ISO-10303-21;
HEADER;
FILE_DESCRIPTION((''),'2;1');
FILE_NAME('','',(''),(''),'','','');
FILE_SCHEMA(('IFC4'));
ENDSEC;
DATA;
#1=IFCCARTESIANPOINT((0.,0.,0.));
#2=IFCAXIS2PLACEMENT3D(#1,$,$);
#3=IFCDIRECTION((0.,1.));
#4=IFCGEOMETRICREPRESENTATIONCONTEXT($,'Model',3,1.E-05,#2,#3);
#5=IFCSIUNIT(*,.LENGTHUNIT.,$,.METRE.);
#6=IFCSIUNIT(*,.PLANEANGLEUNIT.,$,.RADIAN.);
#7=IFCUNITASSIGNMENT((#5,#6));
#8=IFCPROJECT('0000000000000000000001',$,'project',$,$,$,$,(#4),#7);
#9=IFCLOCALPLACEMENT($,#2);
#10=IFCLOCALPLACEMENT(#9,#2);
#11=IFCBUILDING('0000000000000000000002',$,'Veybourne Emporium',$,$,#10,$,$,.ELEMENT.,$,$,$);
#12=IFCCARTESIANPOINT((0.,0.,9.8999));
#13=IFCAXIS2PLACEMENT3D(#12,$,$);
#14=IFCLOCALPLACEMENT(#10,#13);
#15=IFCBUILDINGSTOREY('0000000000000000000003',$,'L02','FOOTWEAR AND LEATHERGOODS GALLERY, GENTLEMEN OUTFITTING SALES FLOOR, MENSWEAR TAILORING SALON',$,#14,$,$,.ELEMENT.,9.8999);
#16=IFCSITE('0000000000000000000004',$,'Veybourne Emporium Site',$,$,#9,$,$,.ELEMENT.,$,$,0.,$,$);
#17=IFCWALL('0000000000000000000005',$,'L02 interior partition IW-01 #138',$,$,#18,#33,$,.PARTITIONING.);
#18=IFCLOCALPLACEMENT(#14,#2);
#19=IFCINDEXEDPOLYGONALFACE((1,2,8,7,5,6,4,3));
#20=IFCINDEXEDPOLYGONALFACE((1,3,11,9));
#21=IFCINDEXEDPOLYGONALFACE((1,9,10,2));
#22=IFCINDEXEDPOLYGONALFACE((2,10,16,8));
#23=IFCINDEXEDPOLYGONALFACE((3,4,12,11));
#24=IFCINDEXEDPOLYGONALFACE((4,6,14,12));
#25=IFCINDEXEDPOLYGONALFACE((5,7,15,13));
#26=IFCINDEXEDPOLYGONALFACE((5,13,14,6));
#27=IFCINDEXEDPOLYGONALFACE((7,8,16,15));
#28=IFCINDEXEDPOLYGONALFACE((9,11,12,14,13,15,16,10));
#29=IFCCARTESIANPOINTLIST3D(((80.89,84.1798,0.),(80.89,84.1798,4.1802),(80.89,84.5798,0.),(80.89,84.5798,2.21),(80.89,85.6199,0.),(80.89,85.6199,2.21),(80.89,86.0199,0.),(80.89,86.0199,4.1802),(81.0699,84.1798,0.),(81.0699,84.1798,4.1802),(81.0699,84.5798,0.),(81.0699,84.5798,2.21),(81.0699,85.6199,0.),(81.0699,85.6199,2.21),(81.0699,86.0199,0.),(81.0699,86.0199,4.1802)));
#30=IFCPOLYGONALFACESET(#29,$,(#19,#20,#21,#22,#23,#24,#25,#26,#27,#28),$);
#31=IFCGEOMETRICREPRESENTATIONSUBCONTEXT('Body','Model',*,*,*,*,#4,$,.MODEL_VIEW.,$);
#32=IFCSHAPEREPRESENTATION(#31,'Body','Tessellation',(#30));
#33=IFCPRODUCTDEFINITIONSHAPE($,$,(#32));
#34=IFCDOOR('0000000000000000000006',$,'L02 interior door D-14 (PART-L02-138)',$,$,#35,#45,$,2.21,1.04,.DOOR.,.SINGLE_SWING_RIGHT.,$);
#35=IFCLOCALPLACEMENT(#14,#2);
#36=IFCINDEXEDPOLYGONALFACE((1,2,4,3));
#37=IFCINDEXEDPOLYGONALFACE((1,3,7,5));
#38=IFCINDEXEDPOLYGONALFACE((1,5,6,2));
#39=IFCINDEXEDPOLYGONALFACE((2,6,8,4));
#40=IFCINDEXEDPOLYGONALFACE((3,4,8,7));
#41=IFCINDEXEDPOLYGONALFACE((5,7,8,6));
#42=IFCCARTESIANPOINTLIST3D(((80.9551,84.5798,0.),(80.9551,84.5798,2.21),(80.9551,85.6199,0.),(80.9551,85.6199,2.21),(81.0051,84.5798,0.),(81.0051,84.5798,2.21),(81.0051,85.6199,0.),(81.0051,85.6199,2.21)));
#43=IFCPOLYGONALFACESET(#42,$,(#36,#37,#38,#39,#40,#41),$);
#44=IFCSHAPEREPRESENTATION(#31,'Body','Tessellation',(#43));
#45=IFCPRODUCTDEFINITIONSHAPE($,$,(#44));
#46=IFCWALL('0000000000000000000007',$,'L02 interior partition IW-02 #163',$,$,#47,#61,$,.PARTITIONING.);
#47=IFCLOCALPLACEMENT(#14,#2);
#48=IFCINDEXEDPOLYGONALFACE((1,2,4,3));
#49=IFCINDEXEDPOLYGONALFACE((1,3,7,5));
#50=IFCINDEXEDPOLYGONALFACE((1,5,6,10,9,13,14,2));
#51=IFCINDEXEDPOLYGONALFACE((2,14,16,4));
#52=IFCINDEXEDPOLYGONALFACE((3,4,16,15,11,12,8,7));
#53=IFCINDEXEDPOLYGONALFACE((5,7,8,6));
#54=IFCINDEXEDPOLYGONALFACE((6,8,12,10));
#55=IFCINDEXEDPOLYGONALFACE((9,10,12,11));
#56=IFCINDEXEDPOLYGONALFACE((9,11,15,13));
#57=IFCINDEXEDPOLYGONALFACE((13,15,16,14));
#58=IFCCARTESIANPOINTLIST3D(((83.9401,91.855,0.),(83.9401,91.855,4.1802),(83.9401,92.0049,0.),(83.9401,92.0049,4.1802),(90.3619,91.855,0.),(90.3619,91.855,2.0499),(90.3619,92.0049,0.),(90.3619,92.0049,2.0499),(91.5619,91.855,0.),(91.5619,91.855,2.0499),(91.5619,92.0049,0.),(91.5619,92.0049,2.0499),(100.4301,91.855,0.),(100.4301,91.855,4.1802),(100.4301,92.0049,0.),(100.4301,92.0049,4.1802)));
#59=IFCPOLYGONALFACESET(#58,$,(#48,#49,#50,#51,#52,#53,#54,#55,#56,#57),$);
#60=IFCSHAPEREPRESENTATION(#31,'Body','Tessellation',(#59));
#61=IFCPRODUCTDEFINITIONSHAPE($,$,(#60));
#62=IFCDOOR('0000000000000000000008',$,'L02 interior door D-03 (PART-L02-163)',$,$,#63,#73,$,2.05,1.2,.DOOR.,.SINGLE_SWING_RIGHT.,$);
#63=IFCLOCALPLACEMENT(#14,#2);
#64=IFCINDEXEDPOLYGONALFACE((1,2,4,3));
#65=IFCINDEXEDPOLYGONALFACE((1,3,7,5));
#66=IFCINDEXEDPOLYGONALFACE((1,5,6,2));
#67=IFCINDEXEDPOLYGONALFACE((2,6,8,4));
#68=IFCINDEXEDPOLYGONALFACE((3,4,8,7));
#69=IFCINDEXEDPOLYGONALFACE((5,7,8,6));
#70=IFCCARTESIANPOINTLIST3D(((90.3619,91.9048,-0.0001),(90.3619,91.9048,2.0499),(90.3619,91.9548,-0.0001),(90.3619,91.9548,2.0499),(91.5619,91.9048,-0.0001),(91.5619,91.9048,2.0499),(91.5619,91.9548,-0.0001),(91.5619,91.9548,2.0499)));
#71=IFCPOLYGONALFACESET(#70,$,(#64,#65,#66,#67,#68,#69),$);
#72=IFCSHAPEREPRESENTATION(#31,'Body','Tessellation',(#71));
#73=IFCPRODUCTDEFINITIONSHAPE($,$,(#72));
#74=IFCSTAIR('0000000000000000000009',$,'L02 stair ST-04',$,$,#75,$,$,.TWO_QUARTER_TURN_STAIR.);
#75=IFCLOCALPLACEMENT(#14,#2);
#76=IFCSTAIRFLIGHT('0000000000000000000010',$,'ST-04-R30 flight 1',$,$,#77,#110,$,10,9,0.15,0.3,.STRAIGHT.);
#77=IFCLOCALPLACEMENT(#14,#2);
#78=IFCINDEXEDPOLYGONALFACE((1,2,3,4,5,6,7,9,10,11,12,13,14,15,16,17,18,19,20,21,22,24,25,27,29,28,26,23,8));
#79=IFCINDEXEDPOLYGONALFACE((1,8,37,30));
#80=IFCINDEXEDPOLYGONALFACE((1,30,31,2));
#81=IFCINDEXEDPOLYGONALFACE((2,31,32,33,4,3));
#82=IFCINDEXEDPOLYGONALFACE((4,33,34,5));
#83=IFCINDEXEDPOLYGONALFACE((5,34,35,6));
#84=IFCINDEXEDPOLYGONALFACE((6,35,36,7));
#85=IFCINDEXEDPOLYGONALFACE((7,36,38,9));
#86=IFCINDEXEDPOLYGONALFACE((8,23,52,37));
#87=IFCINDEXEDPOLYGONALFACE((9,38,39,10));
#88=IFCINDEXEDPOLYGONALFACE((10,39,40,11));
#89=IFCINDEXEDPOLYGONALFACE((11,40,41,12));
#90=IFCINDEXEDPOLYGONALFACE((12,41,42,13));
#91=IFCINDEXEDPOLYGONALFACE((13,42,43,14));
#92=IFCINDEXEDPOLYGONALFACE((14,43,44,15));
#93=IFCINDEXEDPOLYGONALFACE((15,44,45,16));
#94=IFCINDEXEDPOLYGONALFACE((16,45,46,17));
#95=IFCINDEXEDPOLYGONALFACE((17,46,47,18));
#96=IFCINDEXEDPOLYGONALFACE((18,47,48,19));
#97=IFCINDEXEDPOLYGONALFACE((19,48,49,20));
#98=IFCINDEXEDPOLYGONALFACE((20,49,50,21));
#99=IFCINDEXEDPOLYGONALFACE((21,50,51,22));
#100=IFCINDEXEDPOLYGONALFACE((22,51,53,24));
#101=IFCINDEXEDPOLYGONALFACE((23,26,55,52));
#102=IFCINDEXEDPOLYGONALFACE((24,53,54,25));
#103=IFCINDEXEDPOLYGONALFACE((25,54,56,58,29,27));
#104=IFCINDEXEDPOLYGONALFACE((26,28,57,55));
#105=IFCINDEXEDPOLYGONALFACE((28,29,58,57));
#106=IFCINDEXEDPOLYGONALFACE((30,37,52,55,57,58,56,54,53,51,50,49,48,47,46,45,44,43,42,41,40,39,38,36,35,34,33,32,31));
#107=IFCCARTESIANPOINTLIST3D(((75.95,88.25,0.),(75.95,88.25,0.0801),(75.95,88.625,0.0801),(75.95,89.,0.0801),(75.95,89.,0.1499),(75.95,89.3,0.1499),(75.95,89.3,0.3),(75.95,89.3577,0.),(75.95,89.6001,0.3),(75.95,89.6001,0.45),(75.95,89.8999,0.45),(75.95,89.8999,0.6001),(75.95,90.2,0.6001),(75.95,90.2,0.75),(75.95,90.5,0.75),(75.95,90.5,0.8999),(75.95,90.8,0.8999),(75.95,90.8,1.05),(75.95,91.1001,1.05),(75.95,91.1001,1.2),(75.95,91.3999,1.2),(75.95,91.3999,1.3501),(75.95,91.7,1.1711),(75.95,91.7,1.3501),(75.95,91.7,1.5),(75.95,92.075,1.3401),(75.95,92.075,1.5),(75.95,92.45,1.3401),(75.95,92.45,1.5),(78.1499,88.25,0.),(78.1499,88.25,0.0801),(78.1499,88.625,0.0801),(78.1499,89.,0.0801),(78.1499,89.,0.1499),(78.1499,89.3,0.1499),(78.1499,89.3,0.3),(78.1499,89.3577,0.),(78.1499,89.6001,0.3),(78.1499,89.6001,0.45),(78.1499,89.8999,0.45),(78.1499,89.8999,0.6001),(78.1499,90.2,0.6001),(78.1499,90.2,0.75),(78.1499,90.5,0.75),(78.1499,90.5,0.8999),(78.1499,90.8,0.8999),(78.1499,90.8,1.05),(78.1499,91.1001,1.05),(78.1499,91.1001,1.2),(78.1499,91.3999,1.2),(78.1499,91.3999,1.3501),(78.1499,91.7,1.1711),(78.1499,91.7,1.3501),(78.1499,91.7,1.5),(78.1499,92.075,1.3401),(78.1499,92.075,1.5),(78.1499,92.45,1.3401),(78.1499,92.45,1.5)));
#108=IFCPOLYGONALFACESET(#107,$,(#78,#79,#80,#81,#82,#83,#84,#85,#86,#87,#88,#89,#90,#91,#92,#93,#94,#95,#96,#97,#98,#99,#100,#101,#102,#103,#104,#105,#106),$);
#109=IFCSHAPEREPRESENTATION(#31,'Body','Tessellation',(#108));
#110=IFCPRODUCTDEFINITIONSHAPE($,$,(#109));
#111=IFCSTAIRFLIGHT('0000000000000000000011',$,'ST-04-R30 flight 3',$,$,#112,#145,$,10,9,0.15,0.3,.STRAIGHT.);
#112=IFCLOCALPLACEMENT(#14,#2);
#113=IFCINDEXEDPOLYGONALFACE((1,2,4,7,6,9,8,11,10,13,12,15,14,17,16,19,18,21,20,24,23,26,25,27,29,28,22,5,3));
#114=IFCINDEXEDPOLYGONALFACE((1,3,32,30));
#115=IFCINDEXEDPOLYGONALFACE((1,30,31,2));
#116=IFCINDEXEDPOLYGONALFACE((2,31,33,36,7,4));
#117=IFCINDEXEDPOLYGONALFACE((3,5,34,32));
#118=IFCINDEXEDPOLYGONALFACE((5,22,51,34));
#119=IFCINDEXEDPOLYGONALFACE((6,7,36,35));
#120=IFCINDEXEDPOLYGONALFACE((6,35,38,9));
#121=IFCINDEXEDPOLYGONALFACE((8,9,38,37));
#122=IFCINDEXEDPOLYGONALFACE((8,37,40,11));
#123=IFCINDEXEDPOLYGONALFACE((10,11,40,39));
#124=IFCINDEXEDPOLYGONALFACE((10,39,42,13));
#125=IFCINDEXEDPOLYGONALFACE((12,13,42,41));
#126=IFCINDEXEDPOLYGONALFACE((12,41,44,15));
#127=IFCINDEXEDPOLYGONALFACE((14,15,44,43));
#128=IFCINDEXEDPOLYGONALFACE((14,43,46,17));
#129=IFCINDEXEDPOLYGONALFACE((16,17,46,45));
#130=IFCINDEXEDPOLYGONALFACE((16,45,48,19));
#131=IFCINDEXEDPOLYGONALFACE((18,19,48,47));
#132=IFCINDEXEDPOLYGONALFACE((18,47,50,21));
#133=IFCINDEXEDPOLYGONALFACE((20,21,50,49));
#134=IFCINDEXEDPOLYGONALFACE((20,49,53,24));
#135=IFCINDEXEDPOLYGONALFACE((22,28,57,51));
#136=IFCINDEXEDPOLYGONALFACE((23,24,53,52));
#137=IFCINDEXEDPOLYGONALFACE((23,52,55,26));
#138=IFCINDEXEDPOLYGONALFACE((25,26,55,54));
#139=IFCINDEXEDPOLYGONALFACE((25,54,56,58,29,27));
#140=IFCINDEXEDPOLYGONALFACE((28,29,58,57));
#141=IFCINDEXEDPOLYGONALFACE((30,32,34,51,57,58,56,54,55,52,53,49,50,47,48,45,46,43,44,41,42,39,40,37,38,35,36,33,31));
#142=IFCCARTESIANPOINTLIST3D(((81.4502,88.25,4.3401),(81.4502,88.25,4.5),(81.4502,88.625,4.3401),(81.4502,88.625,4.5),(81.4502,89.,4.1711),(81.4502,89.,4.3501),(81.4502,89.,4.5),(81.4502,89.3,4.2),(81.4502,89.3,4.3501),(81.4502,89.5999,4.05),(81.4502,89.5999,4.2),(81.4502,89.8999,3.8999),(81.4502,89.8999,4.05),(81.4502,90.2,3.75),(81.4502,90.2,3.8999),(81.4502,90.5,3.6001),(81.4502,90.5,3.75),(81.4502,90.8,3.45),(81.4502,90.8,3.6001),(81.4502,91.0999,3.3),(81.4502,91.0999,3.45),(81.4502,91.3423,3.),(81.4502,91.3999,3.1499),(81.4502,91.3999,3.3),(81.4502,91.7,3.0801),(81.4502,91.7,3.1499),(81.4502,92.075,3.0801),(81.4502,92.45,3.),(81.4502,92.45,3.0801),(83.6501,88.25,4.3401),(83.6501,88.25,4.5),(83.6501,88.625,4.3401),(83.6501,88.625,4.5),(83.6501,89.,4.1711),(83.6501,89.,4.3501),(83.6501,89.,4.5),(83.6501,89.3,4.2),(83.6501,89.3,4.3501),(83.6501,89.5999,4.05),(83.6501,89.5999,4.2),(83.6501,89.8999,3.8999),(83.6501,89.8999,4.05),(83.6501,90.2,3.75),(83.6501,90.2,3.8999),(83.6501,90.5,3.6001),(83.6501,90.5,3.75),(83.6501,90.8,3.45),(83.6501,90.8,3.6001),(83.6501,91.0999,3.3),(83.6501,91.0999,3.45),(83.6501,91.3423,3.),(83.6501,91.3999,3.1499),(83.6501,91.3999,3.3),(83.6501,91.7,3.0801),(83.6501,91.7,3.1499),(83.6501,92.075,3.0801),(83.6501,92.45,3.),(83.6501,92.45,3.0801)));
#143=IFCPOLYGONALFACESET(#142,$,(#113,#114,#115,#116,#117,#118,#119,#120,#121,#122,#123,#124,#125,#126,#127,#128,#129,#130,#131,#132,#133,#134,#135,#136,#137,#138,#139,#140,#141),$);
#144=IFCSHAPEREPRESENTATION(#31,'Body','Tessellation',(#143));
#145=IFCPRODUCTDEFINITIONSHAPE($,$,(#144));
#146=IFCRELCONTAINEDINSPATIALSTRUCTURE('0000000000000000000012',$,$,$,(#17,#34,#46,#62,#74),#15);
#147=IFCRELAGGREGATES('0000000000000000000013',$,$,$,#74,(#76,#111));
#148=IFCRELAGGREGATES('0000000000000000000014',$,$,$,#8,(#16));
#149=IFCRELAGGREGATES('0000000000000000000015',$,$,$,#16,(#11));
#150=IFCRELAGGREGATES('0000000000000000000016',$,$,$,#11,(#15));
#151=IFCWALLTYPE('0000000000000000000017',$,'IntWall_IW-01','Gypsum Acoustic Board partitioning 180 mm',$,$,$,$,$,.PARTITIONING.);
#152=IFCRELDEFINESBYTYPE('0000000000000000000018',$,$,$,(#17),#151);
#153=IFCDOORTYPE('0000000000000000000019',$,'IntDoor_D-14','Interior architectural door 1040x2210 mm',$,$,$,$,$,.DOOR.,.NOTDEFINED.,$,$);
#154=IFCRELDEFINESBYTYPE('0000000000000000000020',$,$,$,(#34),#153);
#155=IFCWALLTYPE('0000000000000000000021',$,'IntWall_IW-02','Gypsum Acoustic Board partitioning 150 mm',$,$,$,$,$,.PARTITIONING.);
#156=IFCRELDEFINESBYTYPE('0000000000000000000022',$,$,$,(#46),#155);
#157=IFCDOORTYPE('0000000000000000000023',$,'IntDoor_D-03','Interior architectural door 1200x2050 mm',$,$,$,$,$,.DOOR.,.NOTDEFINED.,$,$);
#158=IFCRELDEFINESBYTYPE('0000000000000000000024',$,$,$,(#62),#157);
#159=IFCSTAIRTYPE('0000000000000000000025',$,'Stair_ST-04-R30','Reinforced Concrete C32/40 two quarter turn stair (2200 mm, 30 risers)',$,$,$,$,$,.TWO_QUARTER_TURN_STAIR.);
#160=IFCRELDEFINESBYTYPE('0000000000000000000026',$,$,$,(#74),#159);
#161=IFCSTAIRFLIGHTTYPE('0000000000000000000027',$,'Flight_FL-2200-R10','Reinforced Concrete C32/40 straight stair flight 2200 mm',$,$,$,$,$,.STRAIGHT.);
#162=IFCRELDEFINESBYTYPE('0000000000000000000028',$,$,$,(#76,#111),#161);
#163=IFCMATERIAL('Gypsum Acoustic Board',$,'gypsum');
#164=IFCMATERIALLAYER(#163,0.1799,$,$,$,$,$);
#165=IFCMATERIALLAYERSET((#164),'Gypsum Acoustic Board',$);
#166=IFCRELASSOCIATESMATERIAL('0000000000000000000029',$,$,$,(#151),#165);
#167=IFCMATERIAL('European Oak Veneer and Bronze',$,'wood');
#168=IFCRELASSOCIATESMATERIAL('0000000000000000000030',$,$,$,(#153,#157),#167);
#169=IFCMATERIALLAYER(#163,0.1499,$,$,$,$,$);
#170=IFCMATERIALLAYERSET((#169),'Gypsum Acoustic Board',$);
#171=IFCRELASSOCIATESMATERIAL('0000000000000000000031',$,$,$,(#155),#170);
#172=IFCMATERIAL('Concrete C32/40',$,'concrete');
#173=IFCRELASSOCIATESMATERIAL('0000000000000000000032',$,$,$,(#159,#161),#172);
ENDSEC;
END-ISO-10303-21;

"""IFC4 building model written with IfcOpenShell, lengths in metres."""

from ifc_helpers import new_model, si_unit, direction, frame, frame_2d, origin, place, context, subcontext, project, spatial, polyline, rectangle, outline, extrude, material, layer, layer_set, type_object, element, fill, aggregate, save


model = new_model("IFC4")

# Units and contexts
model_context = context("Model", 3, precision=1e-05, world=origin(), true_north=direction((0.0, 1.0)))
body_context = subcontext(model_context, "Body", "Model", "MODEL_VIEW")
ifc_project = project(units=[si_unit("LENGTHUNIT", "METRE"), si_unit("PLANEANGLEUNIT", "RADIAN")], contexts=[model_context])

# Site, building, storey
site_placement = place(None, origin())
site = spatial("IfcSite", under=ifc_project, at=site_placement, Name="Veybourne Emporium Site", CompositionType="ELEMENT", RefElevation=0.0)
building_placement = place(site_placement, origin())
building = spatial("IfcBuilding", under=site, at=building_placement, Name="Veybourne Emporium", CompositionType="ELEMENT")
storey_placement = place(building_placement, frame((0.0, 0.0, 9.8999)))
storey = spatial("IfcBuildingStorey", under=building, at=storey_placement, Name="L02", Description="FOOTWEAR AND LEATHERGOODS GALLERY, GENTLEMEN OUTFITTING SALES FLOOR, MENSWEAR TAILORING SALON", CompositionType="ELEMENT", Elevation=9.8999)

# Shared definitions
ifc_material_1 = material(Name="Concrete C32/40", Category="concrete")

# Walls, openings, doors
ifc_material_2 = material(Name="Gypsum Acoustic Board", Category="gypsum")
ifc_layer_1 = layer(ifc_material_2, 0.1799)
ifc_layer_set_1 = layer_set([ifc_layer_1], Name="Gypsum Acoustic Board")
wall_type_1 = type_object("IfcWallType", Name="IntWall_IW-01", Description="Gypsum Acoustic Board partitioning 180 mm", PredefinedType="PARTITIONING", material=ifc_layer_set_1)
ifc_material_3 = material(Name="European Oak Veneer and Bronze", Category="wood")
wall_1_placement = place(storey_placement, frame((80.98, 84.1799, 0.0), z_axis=(0.0, 0.0, 1.0), x_axis=(0.0, 1.0, 0.0)))
wall_1 = element("IfcWall", 1, at=wall_1_placement, inside=storey, type_object=wall_type_1, Name="L02 interior partition IW-01 #138", PredefinedType="PARTITIONING", context=body_context, shape_type="SweptSolid", body=[
    extrude(rectangle(XDim=1.8401, YDim=0.1799, at=frame_2d((0.9199, 0.0))), origin(), (0.0, 0.0, 1.0), 4.1802),
])
opening_1_placement = place(wall_1_placement, frame((0.3999, 0.0, 0.0)))
opening_1 = element("IfcOpeningElement", 2, at=opening_1_placement, cuts=wall_1, PredefinedType="OPENING", context=body_context, shape_type="SweptSolid", body=[
    extrude(rectangle(XDim=1.04, YDim=2.21, at=frame_2d((0.52, 1.105))), frame((0.0, 0.1099, 0.0), z_axis=(0.0, -1.0, 0.0), x_axis=(1.0, 0.0, 0.0)), (0.0, 0.0, 1.0), 0.22),
])
door_type_1 = type_object("IfcDoorType", Name="IntDoor_D-14", Description="Interior architectural door 1040x2210 mm", OperationType="NOTDEFINED", PredefinedType="DOOR", material=ifc_material_3)
door_1_placement = place(opening_1_placement, origin())
door_1 = element("IfcDoor", 3, at=door_1_placement, inside=storey, type_object=door_type_1, Name="L02 interior door D-14 (PART-L02-138)", OperationType="SINGLE_SWING_RIGHT", OverallHeight=2.21, OverallWidth=1.04, PredefinedType="DOOR", context=body_context, shape_type="SweptSolid", body=[
    extrude(rectangle(XDim=1.04, YDim=2.21, at=frame_2d((0.52, 1.105))), frame((0.0, 0.0249, 0.0), z_axis=(0.0, -1.0, 0.0), x_axis=(1.0, 0.0, 0.0)), (0.0, 0.0, 1.0), 0.05),
])
fill(opening_1, door_1)
ifc_layer_2 = layer(ifc_material_2, 0.1499)
ifc_layer_set_2 = layer_set([ifc_layer_2], Name="Gypsum Acoustic Board")
wall_type_2 = type_object("IfcWallType", Name="IntWall_IW-02", Description="Gypsum Acoustic Board partitioning 150 mm", PredefinedType="PARTITIONING", material=ifc_layer_set_2)
wall_2_placement = place(storey_placement, frame((83.9399, 91.9299, 0.0), z_axis=(0.0, 0.0, 1.0), x_axis=(1.0, 0.0, 0.0)))
wall_2 = element("IfcWall", 4, at=wall_2_placement, inside=storey, type_object=wall_type_2, Name="L02 interior partition IW-02 #163", PredefinedType="PARTITIONING", context=body_context, shape_type="SweptSolid", body=[
    extrude(rectangle(XDim=16.49, YDim=0.1499, at=frame_2d((8.2451, 0.0))), origin(), (0.0, 0.0, 1.0), 4.1802),
])
opening_2_placement = place(wall_2_placement, frame((6.4219, 0.0, 0.0)))
opening_2 = element("IfcOpeningElement", 5, at=opening_2_placement, cuts=wall_2, PredefinedType="OPENING", context=body_context, shape_type="SweptSolid", body=[
    extrude(rectangle(XDim=1.2, YDim=2.05, at=frame_2d((0.6001, 1.0249))), frame((0.0, 0.095, 0.0), z_axis=(0.0, -1.0, 0.0), x_axis=(1.0, 0.0, 0.0)), (0.0, 0.0, 1.0), 0.1899),
])
door_type_2 = type_object("IfcDoorType", Name="IntDoor_D-03", Description="Interior architectural door 1200x2050 mm", OperationType="NOTDEFINED", PredefinedType="DOOR", material=ifc_material_3)
door_2_placement = place(opening_2_placement, origin())
door_2 = element("IfcDoor", 6, at=door_2_placement, inside=storey, type_object=door_type_2, Name="L02 interior door D-03 (PART-L02-163)", OperationType="SINGLE_SWING_RIGHT", OverallHeight=2.05, OverallWidth=1.2, PredefinedType="DOOR", context=body_context, shape_type="SweptSolid", body=[
    extrude(rectangle(XDim=1.2, YDim=2.05, at=frame_2d((0.6001, 1.0249))), frame((0.0, 0.0249, 0.0), z_axis=(0.0, -1.0, 0.0), x_axis=(1.0, 0.0, 0.0)), (0.0, 0.0, 1.0), 0.05),
])
fill(opening_2, door_2)

# Stair, stair flights
stair_type = type_object("IfcStairType", Name="Stair_ST-04-R30", Description="Reinforced Concrete C32/40 two quarter turn stair (2200 mm, 30 risers)", PredefinedType="TWO_QUARTER_TURN_STAIR", material=ifc_material_1)
stair_placement = place(storey_placement, origin())
stair = element("IfcStair", 7, at=stair_placement, inside=storey, type_object=stair_type, Name="L02 stair ST-04", PredefinedType="TWO_QUARTER_TURN_STAIR")
stair_flight_type = type_object("IfcStairFlightType", Name="Flight_FL-2200-R10", Description="Reinforced Concrete C32/40 straight stair flight 2200 mm", PredefinedType="STRAIGHT", material=ifc_material_1)
stair_flight_1_placement = place(storey_placement, frame((77.05, 89.0, 0.0), z_axis=(0.0, 0.0, 1.0), x_axis=(0.0, 1.0, 0.0)))
stair_flight_1 = element("IfcStairFlight", 8, at=stair_flight_1_placement, type_object=stair_flight_type, Name="ST-04-R30 flight 1", NumberOfRisers=10, NumberOfTreads=9, PredefinedType="STRAIGHT", RiserHeight=0.15, TreadLength=0.3, context=body_context, shape_type="SweptSolid", body=[
    extrude(outline(polyline([(-0.75, 0.0), (-0.75, 0.0801), (-0.375, 0.0801), (0.0, 0.0801), (0.0, 0.1499), (0.3, 0.1499), (0.3, 0.3), (0.6001, 0.3), (0.6001, 0.45), (0.8999, 0.45), (0.8999, 0.6001), (1.2, 0.6001), (1.2, 0.75), (1.5, 0.75), (1.5, 0.8999), (1.8, 0.8999), (1.8, 1.05), (2.1001, 1.05), (2.1001, 1.2), (2.3999, 1.2), (2.3999, 1.3501), (2.7, 1.3501), (2.7, 1.5), (3.075, 1.5), (3.45, 1.5), (3.45, 1.3401), (3.075, 1.3401), (2.7, 1.1711), (0.3577, 0.0), (-0.75, 0.0)])), frame((0.0, 1.1001, 0.0), z_axis=(0.0, -1.0, 0.0), x_axis=(1.0, 0.0, 0.0)), (0.0, 0.0, 1.0), 2.2),
])
stair_flight_2_placement = place(storey_placement, frame((82.55, 91.7, 3.0), z_axis=(0.0, 0.0, 1.0), x_axis=(0.0, -1.0, 0.0)))
stair_flight_2 = element("IfcStairFlight", 9, at=stair_flight_2_placement, type_object=stair_flight_type, Name="ST-04-R30 flight 3", NumberOfRisers=10, NumberOfTreads=9, PredefinedType="STRAIGHT", RiserHeight=0.15, TreadLength=0.3, context=body_context, shape_type="SweptSolid", body=[
    extrude(outline(polyline([(-0.75, 0.0), (-0.75, 0.0801), (-0.375, 0.0801), (0.0, 0.0801), (0.0, 0.1499), (0.3, 0.1499), (0.3, 0.3), (0.6001, 0.3), (0.6001, 0.45), (0.8999, 0.45), (0.8999, 0.6001), (1.2, 0.6001), (1.2, 0.75), (1.5, 0.75), (1.5, 0.8999), (1.8, 0.8999), (1.8, 1.05), (2.1001, 1.05), (2.1001, 1.2), (2.3999, 1.2), (2.3999, 1.3501), (2.7, 1.3501), (2.7, 1.5), (3.075, 1.5), (3.45, 1.5), (3.45, 1.3401), (3.075, 1.3401), (2.7, 1.1711), (0.3577, 0.0), (-0.75, 0.0)])), frame((0.0, 1.1001, 0.0), z_axis=(0.0, -1.0, 0.0), x_axis=(1.0, 0.0, 0.0)), (0.0, 0.0, 1.0), 2.2),
])
aggregate(stair, [stair_flight_1, stair_flight_2])

save(model, "model.ifc")
